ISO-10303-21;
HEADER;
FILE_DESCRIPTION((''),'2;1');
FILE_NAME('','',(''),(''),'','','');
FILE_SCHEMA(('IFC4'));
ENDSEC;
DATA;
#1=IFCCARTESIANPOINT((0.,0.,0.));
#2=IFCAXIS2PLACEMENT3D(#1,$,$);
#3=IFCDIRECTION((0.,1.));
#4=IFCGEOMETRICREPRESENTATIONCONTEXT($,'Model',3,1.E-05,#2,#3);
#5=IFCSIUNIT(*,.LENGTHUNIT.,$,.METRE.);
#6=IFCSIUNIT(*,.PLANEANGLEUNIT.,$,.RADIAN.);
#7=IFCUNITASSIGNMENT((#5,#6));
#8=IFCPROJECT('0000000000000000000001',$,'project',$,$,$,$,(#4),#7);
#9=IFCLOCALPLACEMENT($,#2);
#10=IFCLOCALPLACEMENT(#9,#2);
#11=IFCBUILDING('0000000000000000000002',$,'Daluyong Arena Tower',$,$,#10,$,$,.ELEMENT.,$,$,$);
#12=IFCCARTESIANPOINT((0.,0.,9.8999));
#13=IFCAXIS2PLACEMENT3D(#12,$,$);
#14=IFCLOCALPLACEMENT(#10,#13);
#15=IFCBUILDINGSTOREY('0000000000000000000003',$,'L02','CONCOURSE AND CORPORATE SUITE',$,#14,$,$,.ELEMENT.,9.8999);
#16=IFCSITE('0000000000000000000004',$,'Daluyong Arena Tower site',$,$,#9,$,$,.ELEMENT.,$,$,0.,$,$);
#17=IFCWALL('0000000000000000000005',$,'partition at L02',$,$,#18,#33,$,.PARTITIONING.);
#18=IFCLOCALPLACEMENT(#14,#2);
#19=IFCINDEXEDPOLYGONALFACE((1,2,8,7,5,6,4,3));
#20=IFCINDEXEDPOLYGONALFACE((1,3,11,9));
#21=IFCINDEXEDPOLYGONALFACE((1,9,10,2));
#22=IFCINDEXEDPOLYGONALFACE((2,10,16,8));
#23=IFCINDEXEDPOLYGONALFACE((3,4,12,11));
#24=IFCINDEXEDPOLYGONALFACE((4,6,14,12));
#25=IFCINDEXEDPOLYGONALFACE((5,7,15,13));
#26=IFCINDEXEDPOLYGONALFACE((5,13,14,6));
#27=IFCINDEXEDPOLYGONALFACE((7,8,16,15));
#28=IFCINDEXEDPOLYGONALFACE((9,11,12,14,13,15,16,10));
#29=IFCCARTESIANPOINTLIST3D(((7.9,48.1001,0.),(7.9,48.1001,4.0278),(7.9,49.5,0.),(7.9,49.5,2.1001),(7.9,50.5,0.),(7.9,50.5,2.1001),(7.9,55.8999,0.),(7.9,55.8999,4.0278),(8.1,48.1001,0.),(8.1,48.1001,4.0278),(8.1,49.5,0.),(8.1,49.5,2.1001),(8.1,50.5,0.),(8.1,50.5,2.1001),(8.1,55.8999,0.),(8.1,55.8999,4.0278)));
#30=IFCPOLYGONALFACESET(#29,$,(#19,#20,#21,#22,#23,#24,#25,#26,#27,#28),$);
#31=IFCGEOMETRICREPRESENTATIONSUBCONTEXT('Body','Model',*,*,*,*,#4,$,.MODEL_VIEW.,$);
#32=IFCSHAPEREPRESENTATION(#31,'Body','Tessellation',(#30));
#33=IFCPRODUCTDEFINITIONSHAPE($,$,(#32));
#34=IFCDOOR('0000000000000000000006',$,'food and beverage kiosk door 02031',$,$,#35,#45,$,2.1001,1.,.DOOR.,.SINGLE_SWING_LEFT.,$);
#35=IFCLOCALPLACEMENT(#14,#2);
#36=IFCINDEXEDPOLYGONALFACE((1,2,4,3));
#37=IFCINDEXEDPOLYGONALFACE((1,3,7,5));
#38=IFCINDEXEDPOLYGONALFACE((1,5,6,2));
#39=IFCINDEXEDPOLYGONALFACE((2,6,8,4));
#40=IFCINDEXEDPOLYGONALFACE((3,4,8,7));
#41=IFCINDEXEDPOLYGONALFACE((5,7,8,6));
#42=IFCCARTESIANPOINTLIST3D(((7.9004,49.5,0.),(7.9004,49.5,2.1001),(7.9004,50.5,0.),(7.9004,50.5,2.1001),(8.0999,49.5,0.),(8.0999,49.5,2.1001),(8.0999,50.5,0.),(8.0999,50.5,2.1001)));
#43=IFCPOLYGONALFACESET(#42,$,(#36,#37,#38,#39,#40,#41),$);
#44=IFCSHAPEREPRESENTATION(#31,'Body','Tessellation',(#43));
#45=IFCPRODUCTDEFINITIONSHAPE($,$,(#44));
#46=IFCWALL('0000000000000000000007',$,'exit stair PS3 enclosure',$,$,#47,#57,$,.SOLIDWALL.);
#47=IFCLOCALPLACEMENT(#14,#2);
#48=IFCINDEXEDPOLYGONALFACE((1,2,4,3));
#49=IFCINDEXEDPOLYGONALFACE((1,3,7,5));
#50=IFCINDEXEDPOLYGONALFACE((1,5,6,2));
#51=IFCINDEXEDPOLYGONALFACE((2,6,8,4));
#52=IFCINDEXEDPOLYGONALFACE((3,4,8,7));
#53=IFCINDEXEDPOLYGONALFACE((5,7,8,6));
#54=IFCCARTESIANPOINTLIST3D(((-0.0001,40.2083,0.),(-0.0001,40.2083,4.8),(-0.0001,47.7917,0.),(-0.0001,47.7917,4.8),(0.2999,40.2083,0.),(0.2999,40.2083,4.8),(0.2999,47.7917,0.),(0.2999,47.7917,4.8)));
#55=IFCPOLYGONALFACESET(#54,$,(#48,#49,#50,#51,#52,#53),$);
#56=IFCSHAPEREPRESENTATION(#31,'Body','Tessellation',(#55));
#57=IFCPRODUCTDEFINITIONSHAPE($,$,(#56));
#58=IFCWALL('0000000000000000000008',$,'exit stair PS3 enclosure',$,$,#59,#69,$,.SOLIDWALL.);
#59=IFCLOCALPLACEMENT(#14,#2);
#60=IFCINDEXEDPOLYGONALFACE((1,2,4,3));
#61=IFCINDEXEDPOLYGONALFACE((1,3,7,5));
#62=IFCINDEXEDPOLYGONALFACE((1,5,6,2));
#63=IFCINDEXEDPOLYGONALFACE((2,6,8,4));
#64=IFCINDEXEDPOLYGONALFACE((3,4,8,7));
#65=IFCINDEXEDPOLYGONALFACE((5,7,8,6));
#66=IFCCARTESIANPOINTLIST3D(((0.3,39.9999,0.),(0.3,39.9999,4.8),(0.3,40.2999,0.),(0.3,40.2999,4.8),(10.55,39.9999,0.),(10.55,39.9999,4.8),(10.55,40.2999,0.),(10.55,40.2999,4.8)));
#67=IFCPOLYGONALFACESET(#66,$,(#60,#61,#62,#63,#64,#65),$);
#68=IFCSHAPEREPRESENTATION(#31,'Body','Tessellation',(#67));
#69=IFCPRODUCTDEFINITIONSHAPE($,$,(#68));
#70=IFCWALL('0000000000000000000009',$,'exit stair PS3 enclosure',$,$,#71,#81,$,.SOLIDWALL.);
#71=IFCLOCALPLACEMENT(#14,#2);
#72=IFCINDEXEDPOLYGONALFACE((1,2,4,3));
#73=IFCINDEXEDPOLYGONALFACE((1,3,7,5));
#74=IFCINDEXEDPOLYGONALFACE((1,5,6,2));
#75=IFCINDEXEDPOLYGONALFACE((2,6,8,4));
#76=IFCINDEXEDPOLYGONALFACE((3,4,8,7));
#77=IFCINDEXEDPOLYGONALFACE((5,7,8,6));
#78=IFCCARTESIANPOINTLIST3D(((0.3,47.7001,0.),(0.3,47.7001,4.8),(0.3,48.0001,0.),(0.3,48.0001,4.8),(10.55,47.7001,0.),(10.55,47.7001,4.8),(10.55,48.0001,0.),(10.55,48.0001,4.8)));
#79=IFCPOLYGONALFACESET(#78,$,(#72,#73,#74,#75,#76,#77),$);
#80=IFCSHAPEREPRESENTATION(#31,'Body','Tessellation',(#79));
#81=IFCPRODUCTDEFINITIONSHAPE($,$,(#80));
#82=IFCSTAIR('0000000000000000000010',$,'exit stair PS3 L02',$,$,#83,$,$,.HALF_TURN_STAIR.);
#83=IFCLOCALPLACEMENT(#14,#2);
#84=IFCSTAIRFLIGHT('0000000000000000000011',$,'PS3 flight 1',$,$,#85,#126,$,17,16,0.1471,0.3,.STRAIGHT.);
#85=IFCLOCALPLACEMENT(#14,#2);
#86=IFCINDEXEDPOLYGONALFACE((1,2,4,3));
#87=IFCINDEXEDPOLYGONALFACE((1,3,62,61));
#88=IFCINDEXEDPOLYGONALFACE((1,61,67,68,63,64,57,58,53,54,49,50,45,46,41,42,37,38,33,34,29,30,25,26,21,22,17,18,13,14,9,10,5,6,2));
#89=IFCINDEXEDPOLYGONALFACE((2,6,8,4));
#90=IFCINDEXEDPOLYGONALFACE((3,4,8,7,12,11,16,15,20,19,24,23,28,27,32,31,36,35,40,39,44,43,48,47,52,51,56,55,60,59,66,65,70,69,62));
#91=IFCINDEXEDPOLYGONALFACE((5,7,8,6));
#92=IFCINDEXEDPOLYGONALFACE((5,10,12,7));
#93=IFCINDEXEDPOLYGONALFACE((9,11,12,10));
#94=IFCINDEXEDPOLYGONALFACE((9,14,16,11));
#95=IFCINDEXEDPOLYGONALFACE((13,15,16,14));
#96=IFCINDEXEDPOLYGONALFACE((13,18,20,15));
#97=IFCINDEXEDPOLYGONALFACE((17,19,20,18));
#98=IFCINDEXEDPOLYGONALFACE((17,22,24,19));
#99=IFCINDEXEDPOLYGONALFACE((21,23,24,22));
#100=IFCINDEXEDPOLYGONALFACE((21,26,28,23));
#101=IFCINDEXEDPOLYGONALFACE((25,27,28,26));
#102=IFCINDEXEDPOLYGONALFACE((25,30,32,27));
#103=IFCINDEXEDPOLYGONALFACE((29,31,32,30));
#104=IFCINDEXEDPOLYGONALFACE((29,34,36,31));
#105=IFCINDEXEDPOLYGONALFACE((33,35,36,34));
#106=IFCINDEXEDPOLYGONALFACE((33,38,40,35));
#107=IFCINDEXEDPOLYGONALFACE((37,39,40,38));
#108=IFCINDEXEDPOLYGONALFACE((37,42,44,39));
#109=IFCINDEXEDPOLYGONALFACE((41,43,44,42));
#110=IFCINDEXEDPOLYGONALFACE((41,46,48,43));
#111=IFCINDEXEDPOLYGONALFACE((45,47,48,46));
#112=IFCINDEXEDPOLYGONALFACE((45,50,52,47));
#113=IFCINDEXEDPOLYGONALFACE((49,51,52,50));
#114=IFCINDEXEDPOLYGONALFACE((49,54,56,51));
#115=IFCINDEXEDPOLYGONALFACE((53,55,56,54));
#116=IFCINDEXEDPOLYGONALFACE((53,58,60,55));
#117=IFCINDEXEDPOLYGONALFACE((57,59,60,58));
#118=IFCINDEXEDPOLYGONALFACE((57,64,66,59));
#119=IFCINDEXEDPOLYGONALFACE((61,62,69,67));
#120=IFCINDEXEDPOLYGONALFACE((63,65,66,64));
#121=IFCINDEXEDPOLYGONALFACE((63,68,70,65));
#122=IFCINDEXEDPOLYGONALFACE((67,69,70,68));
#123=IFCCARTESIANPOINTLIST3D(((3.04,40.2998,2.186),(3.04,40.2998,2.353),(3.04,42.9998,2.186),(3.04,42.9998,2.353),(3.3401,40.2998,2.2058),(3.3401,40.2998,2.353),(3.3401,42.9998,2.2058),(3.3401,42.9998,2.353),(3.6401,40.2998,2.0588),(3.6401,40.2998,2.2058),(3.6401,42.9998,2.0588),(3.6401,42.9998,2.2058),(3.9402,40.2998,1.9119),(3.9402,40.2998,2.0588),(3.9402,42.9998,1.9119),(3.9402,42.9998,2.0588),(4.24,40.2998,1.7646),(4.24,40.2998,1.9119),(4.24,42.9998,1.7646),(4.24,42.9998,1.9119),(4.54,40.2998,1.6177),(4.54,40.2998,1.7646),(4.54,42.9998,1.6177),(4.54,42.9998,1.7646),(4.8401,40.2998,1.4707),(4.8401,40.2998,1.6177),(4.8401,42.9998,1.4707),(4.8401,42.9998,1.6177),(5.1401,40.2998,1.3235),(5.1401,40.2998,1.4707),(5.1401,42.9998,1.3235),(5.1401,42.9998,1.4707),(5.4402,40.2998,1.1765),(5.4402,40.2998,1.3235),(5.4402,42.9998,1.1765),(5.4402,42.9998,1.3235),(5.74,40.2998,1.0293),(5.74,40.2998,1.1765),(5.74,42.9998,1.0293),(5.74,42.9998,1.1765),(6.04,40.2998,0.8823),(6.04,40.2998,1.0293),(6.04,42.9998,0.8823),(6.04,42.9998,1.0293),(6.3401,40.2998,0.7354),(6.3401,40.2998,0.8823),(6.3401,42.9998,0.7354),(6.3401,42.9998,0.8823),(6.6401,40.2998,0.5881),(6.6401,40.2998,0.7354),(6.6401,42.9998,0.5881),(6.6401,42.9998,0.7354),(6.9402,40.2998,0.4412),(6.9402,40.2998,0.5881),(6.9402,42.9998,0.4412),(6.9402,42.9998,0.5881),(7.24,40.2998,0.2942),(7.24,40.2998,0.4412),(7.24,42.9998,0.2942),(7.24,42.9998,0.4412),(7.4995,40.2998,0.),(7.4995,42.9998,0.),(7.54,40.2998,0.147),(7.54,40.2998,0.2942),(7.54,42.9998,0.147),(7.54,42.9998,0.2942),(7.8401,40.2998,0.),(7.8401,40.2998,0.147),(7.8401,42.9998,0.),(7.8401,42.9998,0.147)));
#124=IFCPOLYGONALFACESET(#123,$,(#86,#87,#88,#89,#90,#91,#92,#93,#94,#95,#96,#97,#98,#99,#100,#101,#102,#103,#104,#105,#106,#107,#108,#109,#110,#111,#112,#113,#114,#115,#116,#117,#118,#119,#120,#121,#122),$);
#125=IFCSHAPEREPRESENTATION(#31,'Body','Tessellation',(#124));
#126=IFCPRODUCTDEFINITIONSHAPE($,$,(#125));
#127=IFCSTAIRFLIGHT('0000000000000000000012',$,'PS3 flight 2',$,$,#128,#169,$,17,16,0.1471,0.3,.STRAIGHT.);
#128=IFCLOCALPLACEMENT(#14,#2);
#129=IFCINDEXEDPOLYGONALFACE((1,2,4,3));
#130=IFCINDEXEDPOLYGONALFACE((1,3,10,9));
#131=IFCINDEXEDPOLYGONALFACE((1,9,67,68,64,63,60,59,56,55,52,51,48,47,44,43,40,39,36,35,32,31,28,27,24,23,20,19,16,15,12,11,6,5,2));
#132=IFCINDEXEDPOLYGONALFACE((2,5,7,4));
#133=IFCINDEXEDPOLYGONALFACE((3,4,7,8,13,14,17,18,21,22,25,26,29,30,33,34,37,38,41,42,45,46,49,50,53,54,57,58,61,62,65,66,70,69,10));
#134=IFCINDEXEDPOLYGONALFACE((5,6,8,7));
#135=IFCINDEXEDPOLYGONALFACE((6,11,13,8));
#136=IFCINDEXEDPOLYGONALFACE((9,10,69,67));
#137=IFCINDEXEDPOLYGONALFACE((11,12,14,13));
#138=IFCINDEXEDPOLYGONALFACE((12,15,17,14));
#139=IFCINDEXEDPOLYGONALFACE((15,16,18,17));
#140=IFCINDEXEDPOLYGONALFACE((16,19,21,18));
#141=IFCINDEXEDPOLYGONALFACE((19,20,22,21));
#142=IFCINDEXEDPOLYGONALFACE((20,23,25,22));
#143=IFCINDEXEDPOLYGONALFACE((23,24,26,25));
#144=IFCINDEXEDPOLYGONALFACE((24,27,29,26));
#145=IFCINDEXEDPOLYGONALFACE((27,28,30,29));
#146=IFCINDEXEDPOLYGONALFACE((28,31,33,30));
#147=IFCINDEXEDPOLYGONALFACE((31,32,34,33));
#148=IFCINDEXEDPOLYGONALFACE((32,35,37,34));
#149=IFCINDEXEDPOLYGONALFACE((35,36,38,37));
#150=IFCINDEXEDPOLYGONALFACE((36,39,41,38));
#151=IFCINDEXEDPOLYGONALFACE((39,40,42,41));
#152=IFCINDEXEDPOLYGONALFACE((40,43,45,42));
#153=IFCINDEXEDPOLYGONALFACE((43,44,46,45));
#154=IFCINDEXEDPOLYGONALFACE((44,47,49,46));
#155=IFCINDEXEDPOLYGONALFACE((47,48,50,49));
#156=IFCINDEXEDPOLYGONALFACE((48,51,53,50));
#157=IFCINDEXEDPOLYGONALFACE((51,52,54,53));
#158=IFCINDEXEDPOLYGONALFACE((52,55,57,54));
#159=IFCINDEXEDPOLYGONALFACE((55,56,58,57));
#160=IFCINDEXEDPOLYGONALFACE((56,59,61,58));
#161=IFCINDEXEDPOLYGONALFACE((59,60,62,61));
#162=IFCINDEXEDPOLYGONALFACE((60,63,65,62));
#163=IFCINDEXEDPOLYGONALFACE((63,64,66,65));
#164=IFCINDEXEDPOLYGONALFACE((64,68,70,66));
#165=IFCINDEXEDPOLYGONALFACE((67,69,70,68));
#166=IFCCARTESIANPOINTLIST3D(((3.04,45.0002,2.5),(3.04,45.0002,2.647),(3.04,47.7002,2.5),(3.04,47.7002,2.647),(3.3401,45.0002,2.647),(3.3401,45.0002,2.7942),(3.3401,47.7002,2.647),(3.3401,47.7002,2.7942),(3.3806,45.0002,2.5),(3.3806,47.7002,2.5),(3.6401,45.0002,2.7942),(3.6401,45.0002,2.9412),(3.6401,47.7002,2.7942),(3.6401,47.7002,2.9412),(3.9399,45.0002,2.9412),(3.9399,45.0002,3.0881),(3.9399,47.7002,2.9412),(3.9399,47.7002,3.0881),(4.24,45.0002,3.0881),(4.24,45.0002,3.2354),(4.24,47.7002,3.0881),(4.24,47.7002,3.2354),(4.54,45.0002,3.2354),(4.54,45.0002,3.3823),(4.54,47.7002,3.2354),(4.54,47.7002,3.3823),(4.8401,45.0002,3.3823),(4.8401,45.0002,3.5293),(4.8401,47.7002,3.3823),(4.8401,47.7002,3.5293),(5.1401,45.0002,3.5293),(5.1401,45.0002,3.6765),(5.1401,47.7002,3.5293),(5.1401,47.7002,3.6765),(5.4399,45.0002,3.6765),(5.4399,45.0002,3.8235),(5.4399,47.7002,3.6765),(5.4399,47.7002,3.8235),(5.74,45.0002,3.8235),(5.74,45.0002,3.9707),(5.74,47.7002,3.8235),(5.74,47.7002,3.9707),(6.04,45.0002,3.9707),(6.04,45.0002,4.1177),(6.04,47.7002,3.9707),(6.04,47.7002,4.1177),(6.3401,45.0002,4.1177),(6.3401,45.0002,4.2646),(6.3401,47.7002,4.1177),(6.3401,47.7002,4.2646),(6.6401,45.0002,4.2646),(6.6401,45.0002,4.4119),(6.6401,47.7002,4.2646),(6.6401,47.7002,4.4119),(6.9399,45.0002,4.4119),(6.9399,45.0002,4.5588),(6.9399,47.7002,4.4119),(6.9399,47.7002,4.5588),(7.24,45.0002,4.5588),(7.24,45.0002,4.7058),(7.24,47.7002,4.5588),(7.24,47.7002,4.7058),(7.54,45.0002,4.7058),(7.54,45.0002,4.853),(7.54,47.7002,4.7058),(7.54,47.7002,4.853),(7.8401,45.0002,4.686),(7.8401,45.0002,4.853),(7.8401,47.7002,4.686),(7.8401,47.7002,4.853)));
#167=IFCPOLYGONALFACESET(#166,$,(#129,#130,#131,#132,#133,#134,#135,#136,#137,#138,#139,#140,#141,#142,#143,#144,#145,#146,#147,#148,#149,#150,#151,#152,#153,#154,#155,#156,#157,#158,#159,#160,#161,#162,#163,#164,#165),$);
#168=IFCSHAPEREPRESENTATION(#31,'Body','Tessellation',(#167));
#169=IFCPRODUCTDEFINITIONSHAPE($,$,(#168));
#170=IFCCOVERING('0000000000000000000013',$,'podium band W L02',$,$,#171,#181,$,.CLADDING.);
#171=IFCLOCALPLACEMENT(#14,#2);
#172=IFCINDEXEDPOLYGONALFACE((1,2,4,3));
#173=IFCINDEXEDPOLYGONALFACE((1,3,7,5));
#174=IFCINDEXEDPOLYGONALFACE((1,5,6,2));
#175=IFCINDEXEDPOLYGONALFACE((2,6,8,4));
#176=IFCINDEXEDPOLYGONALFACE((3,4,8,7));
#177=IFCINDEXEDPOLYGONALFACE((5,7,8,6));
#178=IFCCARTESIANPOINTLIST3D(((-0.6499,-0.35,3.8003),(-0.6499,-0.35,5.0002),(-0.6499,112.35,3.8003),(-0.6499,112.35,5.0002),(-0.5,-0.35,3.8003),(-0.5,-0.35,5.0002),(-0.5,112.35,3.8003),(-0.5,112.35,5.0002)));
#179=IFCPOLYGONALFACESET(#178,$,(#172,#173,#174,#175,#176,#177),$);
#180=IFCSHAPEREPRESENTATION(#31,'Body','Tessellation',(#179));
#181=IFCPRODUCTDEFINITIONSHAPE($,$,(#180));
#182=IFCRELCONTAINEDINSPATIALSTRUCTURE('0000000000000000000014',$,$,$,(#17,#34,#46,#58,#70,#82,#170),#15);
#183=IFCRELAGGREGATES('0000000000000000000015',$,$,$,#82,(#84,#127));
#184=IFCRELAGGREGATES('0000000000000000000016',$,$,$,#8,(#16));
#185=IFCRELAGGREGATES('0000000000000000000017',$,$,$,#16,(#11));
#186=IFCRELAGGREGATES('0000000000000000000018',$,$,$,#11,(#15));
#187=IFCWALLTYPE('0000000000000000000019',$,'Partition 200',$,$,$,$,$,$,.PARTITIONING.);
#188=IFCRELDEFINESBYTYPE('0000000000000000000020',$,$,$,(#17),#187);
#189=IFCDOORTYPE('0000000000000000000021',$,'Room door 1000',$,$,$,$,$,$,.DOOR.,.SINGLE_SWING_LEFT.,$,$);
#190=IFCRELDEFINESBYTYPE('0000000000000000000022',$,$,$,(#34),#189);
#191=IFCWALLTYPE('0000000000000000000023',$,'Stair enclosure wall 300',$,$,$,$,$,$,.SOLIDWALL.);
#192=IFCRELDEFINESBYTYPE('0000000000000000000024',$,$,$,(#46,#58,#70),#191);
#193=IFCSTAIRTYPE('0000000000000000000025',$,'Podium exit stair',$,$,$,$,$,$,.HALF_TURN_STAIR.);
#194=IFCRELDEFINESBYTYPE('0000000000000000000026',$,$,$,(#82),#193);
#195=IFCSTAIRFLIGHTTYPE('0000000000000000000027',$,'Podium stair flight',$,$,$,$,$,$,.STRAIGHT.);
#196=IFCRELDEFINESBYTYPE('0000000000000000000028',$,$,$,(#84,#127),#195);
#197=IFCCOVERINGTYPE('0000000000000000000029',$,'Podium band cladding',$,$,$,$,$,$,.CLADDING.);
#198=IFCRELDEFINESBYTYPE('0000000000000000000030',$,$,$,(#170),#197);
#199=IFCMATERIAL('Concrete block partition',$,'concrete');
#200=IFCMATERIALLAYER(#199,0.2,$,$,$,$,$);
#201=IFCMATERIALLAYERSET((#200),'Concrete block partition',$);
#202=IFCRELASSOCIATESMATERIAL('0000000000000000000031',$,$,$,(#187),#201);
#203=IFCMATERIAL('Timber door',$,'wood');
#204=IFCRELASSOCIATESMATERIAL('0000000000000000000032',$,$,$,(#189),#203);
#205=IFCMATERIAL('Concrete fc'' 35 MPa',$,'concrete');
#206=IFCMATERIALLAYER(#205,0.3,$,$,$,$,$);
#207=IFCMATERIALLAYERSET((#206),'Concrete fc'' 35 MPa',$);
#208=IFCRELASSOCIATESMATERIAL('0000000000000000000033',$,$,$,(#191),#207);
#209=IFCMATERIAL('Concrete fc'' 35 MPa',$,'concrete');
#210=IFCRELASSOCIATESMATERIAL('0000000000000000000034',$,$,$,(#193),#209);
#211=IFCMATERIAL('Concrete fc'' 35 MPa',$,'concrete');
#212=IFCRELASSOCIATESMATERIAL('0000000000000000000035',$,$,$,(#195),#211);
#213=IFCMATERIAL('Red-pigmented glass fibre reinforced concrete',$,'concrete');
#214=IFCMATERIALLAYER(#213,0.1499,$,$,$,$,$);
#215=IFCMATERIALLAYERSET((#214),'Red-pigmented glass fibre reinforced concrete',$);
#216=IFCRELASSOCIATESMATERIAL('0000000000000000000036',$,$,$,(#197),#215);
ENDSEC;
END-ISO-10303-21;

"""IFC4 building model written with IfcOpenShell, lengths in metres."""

from ifc_helpers import new_model, si_unit, direction, frame, frame_2d, origin, origin_2d, place, context, subcontext, project, spatial, polyline, rectangle, outline, extrude, material, layer, layer_set, type_object, element, fill, aggregate, save


model = new_model("IFC4")

# Units and contexts
model_context = context("Model", 3, precision=1e-05, world=origin(), true_north=direction((0.0, 1.0)))
body_context = subcontext(model_context, "Body", "Model", "MODEL_VIEW")
ifc_project = project(units=[si_unit("LENGTHUNIT", "METRE"), si_unit("PLANEANGLEUNIT", "RADIAN")], contexts=[model_context])

# Site, building, storey
site_placement = place(None, origin())
site = spatial("IfcSite", under=ifc_project, at=site_placement, Name="Daluyong Arena Tower site", CompositionType="ELEMENT", RefElevation=0.0)
building_placement = place(site_placement, origin())
building = spatial("IfcBuilding", under=site, at=building_placement, Name="Daluyong Arena Tower", CompositionType="ELEMENT")
storey_placement = place(building_placement, frame((0.0, 0.0, 9.8999)))
storey = spatial("IfcBuildingStorey", under=building, at=storey_placement, Name="L02", Description="CONCOURSE AND CORPORATE SUITE", CompositionType="ELEMENT", Elevation=9.8999)

# Shared definitions
ifc_material_1 = material(Name="Concrete block partition", Category="concrete")
ifc_layer_1 = layer(ifc_material_1, 0.2)
ifc_layer_set_1 = layer_set([ifc_layer_1], Name="Concrete block partition")
wall_type_1 = type_object("IfcWallType", Name="Partition 200", PredefinedType="PARTITIONING", material=ifc_layer_set_1)

# Wall, opening, door
wall_1_placement = place(storey_placement, frame((8.0, 48.1001, 0.0), z_axis=(0.0, 0.0, 1.0), x_axis=(0.0, 1.0, 0.0)))
wall_1 = element("IfcWall", 1, at=wall_1_placement, inside=storey, type_object=wall_type_1, Name="partition at L02", PredefinedType="PARTITIONING", context=body_context, shape_type="SweptSolid", body=[
    extrude(rectangle(XDim=7.7998, YDim=0.2, at=frame_2d((3.8999, 0.0))), origin(), (0.0, 0.0, 1.0), 4.0278),
])
opening_placement = place(wall_1_placement, frame((1.3999, 0.0, 0.0)))
opening = element("IfcOpeningElement", 2, at=opening_placement, cuts=wall_1, PredefinedType="OPENING", context=body_context, shape_type="SweptSolid", body=[
    extrude(rectangle(XDim=1.0, YDim=2.1001, at=frame_2d((0.5, 1.05))), frame((0.0, 0.1099, 0.0), z_axis=(0.0, -1.0, 0.0), x_axis=(1.0, 0.0, 0.0)), (0.0, 0.0, 1.0), 0.22),
])
ifc_material_2 = material(Name="Timber door", Category="wood")
door_type = type_object("IfcDoorType", Name="Room door 1000", OperationType="SINGLE_SWING_LEFT", PredefinedType="DOOR", material=ifc_material_2)
door_placement = place(opening_placement, origin())
door = element("IfcDoor", 3, at=door_placement, inside=storey, type_object=door_type, Name="food and beverage kiosk door 02031", OperationType="SINGLE_SWING_LEFT", OverallHeight=2.1001, OverallWidth=1.0, PredefinedType="DOOR", context=body_context, shape_type="SweptSolid", body=[
    extrude(rectangle(XDim=1.0, YDim=2.1001, at=frame_2d((0.5, 1.05))), frame((0.0, 0.0996, 0.0), z_axis=(0.0, -1.0, 0.0), x_axis=(1.0, 0.0, 0.0)), (0.0, 0.0, 1.0), 0.1995),
])
fill(opening, door)

# Walls
ifc_material_3 = material(Name="Concrete fc' 35 MPa", Category="concrete")
ifc_layer_2 = layer(ifc_material_3, 0.3)
ifc_layer_set_2 = layer_set([ifc_layer_2], Name="Concrete fc' 35 MPa")
wall_type_2 = type_object("IfcWallType", Name="Stair enclosure wall 300", PredefinedType="SOLIDWALL", material=ifc_layer_set_2)
wall_2_placement = place(storey_placement, frame((0.1499, 40.2083, 0.0), z_axis=(0.0, 0.0, 1.0), x_axis=(0.0, 1.0, 0.0)))
element("IfcWall", 4, at=wall_2_placement, inside=storey, type_object=wall_type_2, Name="exit stair PS3 enclosure", PredefinedType="SOLIDWALL", context=body_context, shape_type="SweptSolid", body=[
    extrude(rectangle(XDim=7.5835, YDim=0.3, at=frame_2d((3.7917, 0.0))), origin(), (0.0, 0.0, 1.0), 4.8),
])
for number, where, z_axis, x_axis, name in (
    (5, (0.3, 40.1499, 0.0), (0.0, 0.0, 1.0), (1.0, 0.0, 0.0), "exit stair PS3 enclosure"),
    (6, (0.3, 47.8501, 0.0), (0.0, 0.0, 1.0), (1.0, 0.0, 0.0), "exit stair PS3 enclosure"),
):
    element("IfcWall", number, at=place(storey_placement, frame(where, z_axis=z_axis, x_axis=x_axis)), inside=storey, type_object=wall_type_2, Name=name, PredefinedType="SOLIDWALL", context=body_context, shape_type="SweptSolid", body=[
        extrude(rectangle(XDim=10.25, YDim=0.3, at=frame_2d((5.125, 0.0))), origin(), (0.0, 0.0, 1.0), 4.8),
    ])

# Stair, stair flights
ifc_material_4 = material(Name="Concrete fc' 35 MPa", Category="concrete")
stair_type = type_object("IfcStairType", Name="Podium exit stair", PredefinedType="HALF_TURN_STAIR", material=ifc_material_4)
stair_placement = place(storey_placement, origin())
stair = element("IfcStair", 7, at=stair_placement, inside=storey, type_object=stair_type, Name="exit stair PS3 L02", PredefinedType="HALF_TURN_STAIR")
ifc_material_5 = material(Name="Concrete fc' 35 MPa", Category="concrete")
stair_flight_type = type_object("IfcStairFlightType", Name="Podium stair flight", PredefinedType="STRAIGHT", material=ifc_material_5)
stair_flight_1_placement = place(storey_placement, frame((7.8401, 41.6499, 0.0), z_axis=(0.0, 0.0, 1.0), x_axis=(-1.0, 0.0, 0.0)))
stair_flight_1 = element("IfcStairFlight", 8, at=stair_flight_1_placement, type_object=stair_flight_type, Name="PS3 flight 1", NumberOfRisers=17, NumberOfTreads=16, PredefinedType="STRAIGHT", RiserHeight=0.1471, TreadLength=0.3, context=body_context, shape_type="SweptSolid", body=[
    extrude(outline(polyline([(0.0, 0.0), (0.0, 0.147), (0.3, 0.147), (0.3, 0.2942), (0.6001, 0.2942), (0.6001, 0.4412), (0.8999, 0.4412), (0.8999, 0.5881), (1.2, 0.5881), (1.2, 0.7354), (1.5, 0.7354), (1.5, 0.8823), (1.8, 0.8823), (1.8, 1.0293), (2.1001, 1.0293), (2.1001, 1.1765), (2.3999, 1.1765), (2.3999, 1.3235), (2.7, 1.3235), (2.7, 1.4707), (3.0, 1.4707), (3.0, 1.6177), (3.3, 1.6177), (3.3, 1.7646), (3.6001, 1.7646), (3.6001, 1.9119), (3.8999, 1.9119), (3.8999, 2.0588), (4.2, 2.0588), (4.2, 2.2058), (4.5, 2.2058), (4.5, 2.353), (4.8, 2.353), (4.8, 2.5), (4.8, 2.186), (0.3406, 0.0), (0.0, 0.0)])), frame((0.0, 1.3501, 0.0), z_axis=(0.0, -1.0, 0.0), x_axis=(1.0, 0.0, 0.0)), (0.0, 0.0, 1.0), 2.7),
])
stair_flight_2_placement = place(storey_placement, frame((3.04, 46.3501, 2.5), z_axis=(0.0, 0.0, 1.0), x_axis=(1.0, 0.0, 0.0)))
stair_flight_2 = element("IfcStairFlight", 9, at=stair_flight_2_placement, type_object=stair_flight_type, Name="PS3 flight 2", NumberOfRisers=17, NumberOfTreads=16, PredefinedType="STRAIGHT", RiserHeight=0.1471, TreadLength=0.3, context=body_context, shape_type="SweptSolid", body=[
    extrude(outline(polyline([(0.0, 0.0), (0.0, 0.147), (0.3, 0.147), (0.3, 0.2942), (0.6001, 0.2942), (0.6001, 0.4412), (0.8999, 0.4412), (0.8999, 0.5881), (1.2, 0.5881), (1.2, 0.7354), (1.5, 0.7354), (1.5, 0.8823), (1.8, 0.8823), (1.8, 1.0293), (2.1001, 1.0293), (2.1001, 1.1765), (2.3999, 1.1765), (2.3999, 1.3235), (2.7, 1.3235), (2.7, 1.4707), (3.0, 1.4707), (3.0, 1.6177), (3.3, 1.6177), (3.3, 1.7646), (3.6001, 1.7646), (3.6001, 1.9119), (3.8999, 1.9119), (3.8999, 2.0588), (4.2, 2.0588), (4.2, 2.2058), (4.5, 2.2058), (4.5, 2.353), (4.8, 2.353), (4.8, 2.5), (4.8, 2.186), (0.3406, 0.0), (0.0, 0.0)])), frame((0.0, 1.3501, 0.0), z_axis=(0.0, -1.0, 0.0), x_axis=(1.0, 0.0, 0.0)), (0.0, 0.0, 1.0), 2.7),
])
aggregate(stair, [stair_flight_1, stair_flight_2])

# Covering
ifc_material_6 = material(Name="Red-pigmented glass fibre reinforced concrete", Category="concrete")
ifc_layer_3 = layer(ifc_material_6, 0.1499)
ifc_layer_set_3 = layer_set([ifc_layer_3], Name="Red-pigmented glass fibre reinforced concrete")
covering_type = type_object("IfcCoveringType", Name="Podium band cladding", PredefinedType="CLADDING", material=ifc_layer_set_3)
covering_placement = place(storey_placement, frame((-0.575, 56.0, 3.8003), z_axis=(0.0, 0.0, 1.0), x_axis=(0.0, -1.0, 0.0)))
element("IfcCovering", 10, at=covering_placement, inside=storey, type_object=covering_type, Name="podium band W L02", PredefinedType="CLADDING", context=body_context, shape_type="SweptSolid", body=[
    extrude(rectangle(XDim=112.7, YDim=0.1499, at=origin_2d()), origin(), (0.0, 0.0, 1.0), 1.2),
])

save(model, "model.ifc")
